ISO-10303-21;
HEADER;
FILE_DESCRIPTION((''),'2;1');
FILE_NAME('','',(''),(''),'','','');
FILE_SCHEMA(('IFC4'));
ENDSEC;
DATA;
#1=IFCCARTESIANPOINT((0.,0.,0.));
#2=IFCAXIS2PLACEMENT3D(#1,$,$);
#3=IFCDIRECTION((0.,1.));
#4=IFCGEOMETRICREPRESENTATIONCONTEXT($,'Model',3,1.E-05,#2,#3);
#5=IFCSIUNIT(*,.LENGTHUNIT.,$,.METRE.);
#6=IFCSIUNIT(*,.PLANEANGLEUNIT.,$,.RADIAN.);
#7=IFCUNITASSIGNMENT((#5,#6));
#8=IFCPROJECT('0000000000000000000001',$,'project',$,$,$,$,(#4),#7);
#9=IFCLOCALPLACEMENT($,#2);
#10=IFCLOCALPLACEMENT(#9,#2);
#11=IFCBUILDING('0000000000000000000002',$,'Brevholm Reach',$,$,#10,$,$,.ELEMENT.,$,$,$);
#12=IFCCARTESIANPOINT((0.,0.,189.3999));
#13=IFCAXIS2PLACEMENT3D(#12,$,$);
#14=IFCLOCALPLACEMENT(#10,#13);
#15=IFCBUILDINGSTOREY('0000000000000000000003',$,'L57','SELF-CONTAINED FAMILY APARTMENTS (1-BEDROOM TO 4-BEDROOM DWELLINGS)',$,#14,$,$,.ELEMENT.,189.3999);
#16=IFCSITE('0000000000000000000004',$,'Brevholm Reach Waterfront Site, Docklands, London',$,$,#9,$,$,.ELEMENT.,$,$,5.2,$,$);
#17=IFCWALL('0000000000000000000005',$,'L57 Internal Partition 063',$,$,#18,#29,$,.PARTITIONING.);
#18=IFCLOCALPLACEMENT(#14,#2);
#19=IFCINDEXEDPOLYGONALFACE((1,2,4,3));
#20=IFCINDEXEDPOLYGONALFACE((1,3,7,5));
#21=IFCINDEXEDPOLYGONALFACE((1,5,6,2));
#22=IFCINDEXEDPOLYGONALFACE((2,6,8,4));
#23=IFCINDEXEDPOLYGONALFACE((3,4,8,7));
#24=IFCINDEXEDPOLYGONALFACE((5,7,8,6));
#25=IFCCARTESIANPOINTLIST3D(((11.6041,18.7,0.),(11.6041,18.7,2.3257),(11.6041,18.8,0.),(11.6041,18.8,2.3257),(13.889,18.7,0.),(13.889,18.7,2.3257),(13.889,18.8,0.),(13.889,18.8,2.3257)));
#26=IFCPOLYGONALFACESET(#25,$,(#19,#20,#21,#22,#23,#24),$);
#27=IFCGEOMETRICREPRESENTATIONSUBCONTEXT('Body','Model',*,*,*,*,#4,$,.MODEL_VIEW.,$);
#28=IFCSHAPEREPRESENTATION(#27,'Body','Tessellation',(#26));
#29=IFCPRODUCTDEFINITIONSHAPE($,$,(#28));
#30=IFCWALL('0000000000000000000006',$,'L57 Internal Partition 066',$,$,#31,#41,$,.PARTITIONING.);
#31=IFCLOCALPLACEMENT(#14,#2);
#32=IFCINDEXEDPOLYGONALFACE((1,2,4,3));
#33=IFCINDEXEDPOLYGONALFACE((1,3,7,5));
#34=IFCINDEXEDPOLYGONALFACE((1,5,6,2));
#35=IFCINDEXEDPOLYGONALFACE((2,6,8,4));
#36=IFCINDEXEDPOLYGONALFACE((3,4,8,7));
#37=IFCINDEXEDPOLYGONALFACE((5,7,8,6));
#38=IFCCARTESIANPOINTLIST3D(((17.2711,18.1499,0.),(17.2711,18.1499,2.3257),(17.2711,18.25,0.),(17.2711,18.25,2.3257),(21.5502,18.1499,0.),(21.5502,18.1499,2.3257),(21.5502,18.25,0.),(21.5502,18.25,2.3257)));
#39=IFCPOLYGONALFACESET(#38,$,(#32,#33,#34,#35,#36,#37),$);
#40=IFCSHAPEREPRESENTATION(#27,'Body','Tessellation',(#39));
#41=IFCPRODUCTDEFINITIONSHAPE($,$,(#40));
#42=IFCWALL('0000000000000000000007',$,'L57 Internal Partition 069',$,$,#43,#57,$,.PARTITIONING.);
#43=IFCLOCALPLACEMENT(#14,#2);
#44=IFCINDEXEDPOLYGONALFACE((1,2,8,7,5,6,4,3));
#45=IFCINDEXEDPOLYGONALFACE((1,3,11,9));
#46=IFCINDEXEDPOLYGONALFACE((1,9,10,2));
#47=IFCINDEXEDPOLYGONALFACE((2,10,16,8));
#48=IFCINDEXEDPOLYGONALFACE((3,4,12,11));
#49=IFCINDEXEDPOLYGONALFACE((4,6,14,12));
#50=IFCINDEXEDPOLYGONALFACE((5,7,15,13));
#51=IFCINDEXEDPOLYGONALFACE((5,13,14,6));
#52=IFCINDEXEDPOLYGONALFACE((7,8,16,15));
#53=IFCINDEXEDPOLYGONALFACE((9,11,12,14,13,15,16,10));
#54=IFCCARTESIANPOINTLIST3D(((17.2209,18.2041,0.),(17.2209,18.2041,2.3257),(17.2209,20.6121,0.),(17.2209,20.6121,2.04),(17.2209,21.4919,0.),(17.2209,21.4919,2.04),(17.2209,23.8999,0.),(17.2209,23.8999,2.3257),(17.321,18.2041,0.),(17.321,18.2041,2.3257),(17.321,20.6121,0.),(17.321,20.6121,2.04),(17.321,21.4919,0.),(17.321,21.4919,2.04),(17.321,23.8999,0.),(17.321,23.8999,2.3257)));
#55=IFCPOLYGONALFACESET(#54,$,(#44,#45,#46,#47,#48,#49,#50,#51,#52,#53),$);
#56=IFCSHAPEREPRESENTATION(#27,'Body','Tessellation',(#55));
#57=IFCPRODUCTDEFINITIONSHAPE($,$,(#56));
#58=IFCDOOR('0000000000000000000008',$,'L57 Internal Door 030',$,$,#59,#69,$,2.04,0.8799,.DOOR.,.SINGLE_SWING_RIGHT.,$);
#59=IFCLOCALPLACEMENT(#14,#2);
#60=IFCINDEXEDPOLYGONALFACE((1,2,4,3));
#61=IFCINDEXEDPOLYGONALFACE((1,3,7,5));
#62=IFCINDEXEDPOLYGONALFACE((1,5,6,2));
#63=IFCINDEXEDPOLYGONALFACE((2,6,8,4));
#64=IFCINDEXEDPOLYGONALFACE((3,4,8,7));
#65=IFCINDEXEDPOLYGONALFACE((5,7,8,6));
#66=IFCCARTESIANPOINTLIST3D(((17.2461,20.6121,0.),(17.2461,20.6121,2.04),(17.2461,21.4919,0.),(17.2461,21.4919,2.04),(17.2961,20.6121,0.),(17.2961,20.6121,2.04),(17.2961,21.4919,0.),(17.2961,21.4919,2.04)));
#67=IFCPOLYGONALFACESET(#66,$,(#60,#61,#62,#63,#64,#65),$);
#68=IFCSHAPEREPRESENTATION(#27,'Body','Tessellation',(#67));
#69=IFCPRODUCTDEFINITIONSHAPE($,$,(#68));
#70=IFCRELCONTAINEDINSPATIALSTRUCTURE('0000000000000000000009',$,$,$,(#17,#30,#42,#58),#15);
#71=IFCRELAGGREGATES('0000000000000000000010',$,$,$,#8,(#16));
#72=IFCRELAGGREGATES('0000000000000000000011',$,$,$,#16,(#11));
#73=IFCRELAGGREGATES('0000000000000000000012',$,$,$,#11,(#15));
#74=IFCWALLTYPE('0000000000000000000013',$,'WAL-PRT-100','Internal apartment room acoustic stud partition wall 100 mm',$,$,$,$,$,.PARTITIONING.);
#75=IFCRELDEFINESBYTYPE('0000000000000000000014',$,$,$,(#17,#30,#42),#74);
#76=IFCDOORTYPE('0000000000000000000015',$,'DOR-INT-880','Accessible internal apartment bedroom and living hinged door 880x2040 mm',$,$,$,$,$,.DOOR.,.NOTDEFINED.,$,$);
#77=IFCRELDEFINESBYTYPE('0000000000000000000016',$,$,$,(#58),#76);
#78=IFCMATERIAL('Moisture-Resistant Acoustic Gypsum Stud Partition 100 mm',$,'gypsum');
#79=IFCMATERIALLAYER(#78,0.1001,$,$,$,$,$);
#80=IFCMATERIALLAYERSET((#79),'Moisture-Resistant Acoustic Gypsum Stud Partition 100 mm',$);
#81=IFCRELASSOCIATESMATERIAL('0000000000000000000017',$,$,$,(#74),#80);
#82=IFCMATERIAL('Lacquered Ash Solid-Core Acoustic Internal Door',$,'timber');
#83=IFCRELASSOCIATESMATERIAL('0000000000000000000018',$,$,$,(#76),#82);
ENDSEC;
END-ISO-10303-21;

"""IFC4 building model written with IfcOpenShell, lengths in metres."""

from ifc_helpers import new_model, si_unit, direction, frame, frame_2d, origin, place, context, subcontext, project, spatial, rectangle, extrude, material, layer, layer_set, type_object, element, fill, save


model = new_model("IFC4")

# Units and contexts
model_context = context("Model", 3, precision=1e-05, world=origin(), true_north=direction((0.0, 1.0)))
body_context = subcontext(model_context, "Body", "Model", "MODEL_VIEW")
ifc_project = project(units=[si_unit("LENGTHUNIT", "METRE"), si_unit("PLANEANGLEUNIT", "RADIAN")], contexts=[model_context])

# Site, building, storey
site_placement = place(None, origin())
site = spatial("IfcSite", under=ifc_project, at=site_placement, Name="Brevholm Reach Waterfront Site, Docklands, London", CompositionType="ELEMENT", RefElevation=5.2)
building_placement = place(site_placement, origin())
building = spatial("IfcBuilding", under=site, at=building_placement, Name="Brevholm Reach", CompositionType="ELEMENT")
storey_placement = place(building_placement, frame((0.0, 0.0, 189.3999)))
storey = spatial("IfcBuildingStorey", under=building, at=storey_placement, Name="L57", Description="SELF-CONTAINED FAMILY APARTMENTS (1-BEDROOM TO 4-BEDROOM DWELLINGS)", CompositionType="ELEMENT", Elevation=189.3999)

# Shared definitions
ifc_material_1 = material(Name="Moisture-Resistant Acoustic Gypsum Stud Partition 100 mm", Category="gypsum")
ifc_layer_1 = layer(ifc_material_1, 0.1001)
ifc_layer_set_1 = layer_set([ifc_layer_1], Name="Moisture-Resistant Acoustic Gypsum Stud Partition 100 mm")
wall_type = type_object("IfcWallType", Name="WAL-PRT-100", Description="Internal apartment room acoustic stud partition wall 100 mm", PredefinedType="PARTITIONING", material=ifc_layer_set_1)
ifc_material_2 = material(Name="Lacquered Ash Solid-Core Acoustic Internal Door", Category="timber")
door_type = type_object("IfcDoorType", Name="DOR-INT-880", Description="Accessible internal apartment bedroom and living hinged door 880x2040 mm", OperationType="NOTDEFINED", PredefinedType="DOOR", material=ifc_material_2)

# Walls
wall_1_placement = place(storey_placement, frame((11.604, 18.75, 0.0), z_axis=(0.0, 0.0, 1.0), x_axis=(1.0, 0.0, 0.0)))
element("IfcWall", 1, at=wall_1_placement, inside=storey, type_object=wall_type, Name="L57 Internal Partition 063", PredefinedType="PARTITIONING", context=body_context, shape_type="SweptSolid", body=[
    extrude(rectangle(XDim=2.2849, YDim=0.1001, at=frame_2d((1.1426, 0.0))), origin(), (0.0, 0.0, 1.0), 2.3257),
])
wall_2_placement = place(storey_placement, frame((17.271, 18.2, 0.0), z_axis=(0.0, 0.0, 1.0), x_axis=(1.0, 0.0, 0.0)))
element("IfcWall", 2, at=wall_2_placement, inside=storey, type_object=wall_type, Name="L57 Internal Partition 066", PredefinedType="PARTITIONING", context=body_context, shape_type="SweptSolid", body=[
    extrude(rectangle(XDim=4.2791, YDim=0.1001, at=frame_2d((2.1396, 0.0))), origin(), (0.0, 0.0, 1.0), 2.3257),
])

# Wall, opening, door
wall_3_placement = place(storey_placement, frame((17.271, 18.2041, 0.0), z_axis=(0.0, 0.0, 1.0), x_axis=(0.0, 1.0, 0.0)))
wall_3 = element("IfcWall", 3, at=wall_3_placement, inside=storey, type_object=wall_type, Name="L57 Internal Partition 069", PredefinedType="PARTITIONING", context=body_context, shape_type="SweptSolid", body=[
    extrude(rectangle(XDim=5.6958, YDim=0.1001, at=frame_2d((2.8479, 0.0))), origin(), (0.0, 0.0, 1.0), 2.3257),
])
opening_1_placement = place(wall_3_placement, frame((2.408, 0.0, 0.0)))
opening_1 = element("IfcOpeningElement", 4, at=opening_1_placement, cuts=wall_3, PredefinedType="OPENING", context=body_context, shape_type="SweptSolid", body=[
    extrude(rectangle(XDim=0.8799, YDim=2.04, at=frame_2d((0.4399, 1.02))), frame((0.0, 0.0601, 0.0), z_axis=(0.0, -1.0, 0.0), x_axis=(1.0, 0.0, 0.0)), (0.0, 0.0, 1.0), 0.1201),
])
door_1_placement = place(opening_1_placement, origin())
door_1 = element("IfcDoor", 5, at=door_1_placement, inside=storey, type_object=door_type, Name="L57 Internal Door 030", OperationType="SINGLE_SWING_RIGHT", OverallHeight=2.04, OverallWidth=0.8799, PredefinedType="DOOR", context=body_context, shape_type="SweptSolid", body=[
    extrude(rectangle(XDim=0.8799, YDim=2.04, at=frame_2d((0.4399, 1.02))), frame((0.0, 0.0249, 0.0), z_axis=(0.0, -1.0, 0.0), x_axis=(1.0, 0.0, 0.0)), (0.0, 0.0, 1.0), 0.05),
])
fill(opening_1, door_1)

save(model, "model.ifc")
